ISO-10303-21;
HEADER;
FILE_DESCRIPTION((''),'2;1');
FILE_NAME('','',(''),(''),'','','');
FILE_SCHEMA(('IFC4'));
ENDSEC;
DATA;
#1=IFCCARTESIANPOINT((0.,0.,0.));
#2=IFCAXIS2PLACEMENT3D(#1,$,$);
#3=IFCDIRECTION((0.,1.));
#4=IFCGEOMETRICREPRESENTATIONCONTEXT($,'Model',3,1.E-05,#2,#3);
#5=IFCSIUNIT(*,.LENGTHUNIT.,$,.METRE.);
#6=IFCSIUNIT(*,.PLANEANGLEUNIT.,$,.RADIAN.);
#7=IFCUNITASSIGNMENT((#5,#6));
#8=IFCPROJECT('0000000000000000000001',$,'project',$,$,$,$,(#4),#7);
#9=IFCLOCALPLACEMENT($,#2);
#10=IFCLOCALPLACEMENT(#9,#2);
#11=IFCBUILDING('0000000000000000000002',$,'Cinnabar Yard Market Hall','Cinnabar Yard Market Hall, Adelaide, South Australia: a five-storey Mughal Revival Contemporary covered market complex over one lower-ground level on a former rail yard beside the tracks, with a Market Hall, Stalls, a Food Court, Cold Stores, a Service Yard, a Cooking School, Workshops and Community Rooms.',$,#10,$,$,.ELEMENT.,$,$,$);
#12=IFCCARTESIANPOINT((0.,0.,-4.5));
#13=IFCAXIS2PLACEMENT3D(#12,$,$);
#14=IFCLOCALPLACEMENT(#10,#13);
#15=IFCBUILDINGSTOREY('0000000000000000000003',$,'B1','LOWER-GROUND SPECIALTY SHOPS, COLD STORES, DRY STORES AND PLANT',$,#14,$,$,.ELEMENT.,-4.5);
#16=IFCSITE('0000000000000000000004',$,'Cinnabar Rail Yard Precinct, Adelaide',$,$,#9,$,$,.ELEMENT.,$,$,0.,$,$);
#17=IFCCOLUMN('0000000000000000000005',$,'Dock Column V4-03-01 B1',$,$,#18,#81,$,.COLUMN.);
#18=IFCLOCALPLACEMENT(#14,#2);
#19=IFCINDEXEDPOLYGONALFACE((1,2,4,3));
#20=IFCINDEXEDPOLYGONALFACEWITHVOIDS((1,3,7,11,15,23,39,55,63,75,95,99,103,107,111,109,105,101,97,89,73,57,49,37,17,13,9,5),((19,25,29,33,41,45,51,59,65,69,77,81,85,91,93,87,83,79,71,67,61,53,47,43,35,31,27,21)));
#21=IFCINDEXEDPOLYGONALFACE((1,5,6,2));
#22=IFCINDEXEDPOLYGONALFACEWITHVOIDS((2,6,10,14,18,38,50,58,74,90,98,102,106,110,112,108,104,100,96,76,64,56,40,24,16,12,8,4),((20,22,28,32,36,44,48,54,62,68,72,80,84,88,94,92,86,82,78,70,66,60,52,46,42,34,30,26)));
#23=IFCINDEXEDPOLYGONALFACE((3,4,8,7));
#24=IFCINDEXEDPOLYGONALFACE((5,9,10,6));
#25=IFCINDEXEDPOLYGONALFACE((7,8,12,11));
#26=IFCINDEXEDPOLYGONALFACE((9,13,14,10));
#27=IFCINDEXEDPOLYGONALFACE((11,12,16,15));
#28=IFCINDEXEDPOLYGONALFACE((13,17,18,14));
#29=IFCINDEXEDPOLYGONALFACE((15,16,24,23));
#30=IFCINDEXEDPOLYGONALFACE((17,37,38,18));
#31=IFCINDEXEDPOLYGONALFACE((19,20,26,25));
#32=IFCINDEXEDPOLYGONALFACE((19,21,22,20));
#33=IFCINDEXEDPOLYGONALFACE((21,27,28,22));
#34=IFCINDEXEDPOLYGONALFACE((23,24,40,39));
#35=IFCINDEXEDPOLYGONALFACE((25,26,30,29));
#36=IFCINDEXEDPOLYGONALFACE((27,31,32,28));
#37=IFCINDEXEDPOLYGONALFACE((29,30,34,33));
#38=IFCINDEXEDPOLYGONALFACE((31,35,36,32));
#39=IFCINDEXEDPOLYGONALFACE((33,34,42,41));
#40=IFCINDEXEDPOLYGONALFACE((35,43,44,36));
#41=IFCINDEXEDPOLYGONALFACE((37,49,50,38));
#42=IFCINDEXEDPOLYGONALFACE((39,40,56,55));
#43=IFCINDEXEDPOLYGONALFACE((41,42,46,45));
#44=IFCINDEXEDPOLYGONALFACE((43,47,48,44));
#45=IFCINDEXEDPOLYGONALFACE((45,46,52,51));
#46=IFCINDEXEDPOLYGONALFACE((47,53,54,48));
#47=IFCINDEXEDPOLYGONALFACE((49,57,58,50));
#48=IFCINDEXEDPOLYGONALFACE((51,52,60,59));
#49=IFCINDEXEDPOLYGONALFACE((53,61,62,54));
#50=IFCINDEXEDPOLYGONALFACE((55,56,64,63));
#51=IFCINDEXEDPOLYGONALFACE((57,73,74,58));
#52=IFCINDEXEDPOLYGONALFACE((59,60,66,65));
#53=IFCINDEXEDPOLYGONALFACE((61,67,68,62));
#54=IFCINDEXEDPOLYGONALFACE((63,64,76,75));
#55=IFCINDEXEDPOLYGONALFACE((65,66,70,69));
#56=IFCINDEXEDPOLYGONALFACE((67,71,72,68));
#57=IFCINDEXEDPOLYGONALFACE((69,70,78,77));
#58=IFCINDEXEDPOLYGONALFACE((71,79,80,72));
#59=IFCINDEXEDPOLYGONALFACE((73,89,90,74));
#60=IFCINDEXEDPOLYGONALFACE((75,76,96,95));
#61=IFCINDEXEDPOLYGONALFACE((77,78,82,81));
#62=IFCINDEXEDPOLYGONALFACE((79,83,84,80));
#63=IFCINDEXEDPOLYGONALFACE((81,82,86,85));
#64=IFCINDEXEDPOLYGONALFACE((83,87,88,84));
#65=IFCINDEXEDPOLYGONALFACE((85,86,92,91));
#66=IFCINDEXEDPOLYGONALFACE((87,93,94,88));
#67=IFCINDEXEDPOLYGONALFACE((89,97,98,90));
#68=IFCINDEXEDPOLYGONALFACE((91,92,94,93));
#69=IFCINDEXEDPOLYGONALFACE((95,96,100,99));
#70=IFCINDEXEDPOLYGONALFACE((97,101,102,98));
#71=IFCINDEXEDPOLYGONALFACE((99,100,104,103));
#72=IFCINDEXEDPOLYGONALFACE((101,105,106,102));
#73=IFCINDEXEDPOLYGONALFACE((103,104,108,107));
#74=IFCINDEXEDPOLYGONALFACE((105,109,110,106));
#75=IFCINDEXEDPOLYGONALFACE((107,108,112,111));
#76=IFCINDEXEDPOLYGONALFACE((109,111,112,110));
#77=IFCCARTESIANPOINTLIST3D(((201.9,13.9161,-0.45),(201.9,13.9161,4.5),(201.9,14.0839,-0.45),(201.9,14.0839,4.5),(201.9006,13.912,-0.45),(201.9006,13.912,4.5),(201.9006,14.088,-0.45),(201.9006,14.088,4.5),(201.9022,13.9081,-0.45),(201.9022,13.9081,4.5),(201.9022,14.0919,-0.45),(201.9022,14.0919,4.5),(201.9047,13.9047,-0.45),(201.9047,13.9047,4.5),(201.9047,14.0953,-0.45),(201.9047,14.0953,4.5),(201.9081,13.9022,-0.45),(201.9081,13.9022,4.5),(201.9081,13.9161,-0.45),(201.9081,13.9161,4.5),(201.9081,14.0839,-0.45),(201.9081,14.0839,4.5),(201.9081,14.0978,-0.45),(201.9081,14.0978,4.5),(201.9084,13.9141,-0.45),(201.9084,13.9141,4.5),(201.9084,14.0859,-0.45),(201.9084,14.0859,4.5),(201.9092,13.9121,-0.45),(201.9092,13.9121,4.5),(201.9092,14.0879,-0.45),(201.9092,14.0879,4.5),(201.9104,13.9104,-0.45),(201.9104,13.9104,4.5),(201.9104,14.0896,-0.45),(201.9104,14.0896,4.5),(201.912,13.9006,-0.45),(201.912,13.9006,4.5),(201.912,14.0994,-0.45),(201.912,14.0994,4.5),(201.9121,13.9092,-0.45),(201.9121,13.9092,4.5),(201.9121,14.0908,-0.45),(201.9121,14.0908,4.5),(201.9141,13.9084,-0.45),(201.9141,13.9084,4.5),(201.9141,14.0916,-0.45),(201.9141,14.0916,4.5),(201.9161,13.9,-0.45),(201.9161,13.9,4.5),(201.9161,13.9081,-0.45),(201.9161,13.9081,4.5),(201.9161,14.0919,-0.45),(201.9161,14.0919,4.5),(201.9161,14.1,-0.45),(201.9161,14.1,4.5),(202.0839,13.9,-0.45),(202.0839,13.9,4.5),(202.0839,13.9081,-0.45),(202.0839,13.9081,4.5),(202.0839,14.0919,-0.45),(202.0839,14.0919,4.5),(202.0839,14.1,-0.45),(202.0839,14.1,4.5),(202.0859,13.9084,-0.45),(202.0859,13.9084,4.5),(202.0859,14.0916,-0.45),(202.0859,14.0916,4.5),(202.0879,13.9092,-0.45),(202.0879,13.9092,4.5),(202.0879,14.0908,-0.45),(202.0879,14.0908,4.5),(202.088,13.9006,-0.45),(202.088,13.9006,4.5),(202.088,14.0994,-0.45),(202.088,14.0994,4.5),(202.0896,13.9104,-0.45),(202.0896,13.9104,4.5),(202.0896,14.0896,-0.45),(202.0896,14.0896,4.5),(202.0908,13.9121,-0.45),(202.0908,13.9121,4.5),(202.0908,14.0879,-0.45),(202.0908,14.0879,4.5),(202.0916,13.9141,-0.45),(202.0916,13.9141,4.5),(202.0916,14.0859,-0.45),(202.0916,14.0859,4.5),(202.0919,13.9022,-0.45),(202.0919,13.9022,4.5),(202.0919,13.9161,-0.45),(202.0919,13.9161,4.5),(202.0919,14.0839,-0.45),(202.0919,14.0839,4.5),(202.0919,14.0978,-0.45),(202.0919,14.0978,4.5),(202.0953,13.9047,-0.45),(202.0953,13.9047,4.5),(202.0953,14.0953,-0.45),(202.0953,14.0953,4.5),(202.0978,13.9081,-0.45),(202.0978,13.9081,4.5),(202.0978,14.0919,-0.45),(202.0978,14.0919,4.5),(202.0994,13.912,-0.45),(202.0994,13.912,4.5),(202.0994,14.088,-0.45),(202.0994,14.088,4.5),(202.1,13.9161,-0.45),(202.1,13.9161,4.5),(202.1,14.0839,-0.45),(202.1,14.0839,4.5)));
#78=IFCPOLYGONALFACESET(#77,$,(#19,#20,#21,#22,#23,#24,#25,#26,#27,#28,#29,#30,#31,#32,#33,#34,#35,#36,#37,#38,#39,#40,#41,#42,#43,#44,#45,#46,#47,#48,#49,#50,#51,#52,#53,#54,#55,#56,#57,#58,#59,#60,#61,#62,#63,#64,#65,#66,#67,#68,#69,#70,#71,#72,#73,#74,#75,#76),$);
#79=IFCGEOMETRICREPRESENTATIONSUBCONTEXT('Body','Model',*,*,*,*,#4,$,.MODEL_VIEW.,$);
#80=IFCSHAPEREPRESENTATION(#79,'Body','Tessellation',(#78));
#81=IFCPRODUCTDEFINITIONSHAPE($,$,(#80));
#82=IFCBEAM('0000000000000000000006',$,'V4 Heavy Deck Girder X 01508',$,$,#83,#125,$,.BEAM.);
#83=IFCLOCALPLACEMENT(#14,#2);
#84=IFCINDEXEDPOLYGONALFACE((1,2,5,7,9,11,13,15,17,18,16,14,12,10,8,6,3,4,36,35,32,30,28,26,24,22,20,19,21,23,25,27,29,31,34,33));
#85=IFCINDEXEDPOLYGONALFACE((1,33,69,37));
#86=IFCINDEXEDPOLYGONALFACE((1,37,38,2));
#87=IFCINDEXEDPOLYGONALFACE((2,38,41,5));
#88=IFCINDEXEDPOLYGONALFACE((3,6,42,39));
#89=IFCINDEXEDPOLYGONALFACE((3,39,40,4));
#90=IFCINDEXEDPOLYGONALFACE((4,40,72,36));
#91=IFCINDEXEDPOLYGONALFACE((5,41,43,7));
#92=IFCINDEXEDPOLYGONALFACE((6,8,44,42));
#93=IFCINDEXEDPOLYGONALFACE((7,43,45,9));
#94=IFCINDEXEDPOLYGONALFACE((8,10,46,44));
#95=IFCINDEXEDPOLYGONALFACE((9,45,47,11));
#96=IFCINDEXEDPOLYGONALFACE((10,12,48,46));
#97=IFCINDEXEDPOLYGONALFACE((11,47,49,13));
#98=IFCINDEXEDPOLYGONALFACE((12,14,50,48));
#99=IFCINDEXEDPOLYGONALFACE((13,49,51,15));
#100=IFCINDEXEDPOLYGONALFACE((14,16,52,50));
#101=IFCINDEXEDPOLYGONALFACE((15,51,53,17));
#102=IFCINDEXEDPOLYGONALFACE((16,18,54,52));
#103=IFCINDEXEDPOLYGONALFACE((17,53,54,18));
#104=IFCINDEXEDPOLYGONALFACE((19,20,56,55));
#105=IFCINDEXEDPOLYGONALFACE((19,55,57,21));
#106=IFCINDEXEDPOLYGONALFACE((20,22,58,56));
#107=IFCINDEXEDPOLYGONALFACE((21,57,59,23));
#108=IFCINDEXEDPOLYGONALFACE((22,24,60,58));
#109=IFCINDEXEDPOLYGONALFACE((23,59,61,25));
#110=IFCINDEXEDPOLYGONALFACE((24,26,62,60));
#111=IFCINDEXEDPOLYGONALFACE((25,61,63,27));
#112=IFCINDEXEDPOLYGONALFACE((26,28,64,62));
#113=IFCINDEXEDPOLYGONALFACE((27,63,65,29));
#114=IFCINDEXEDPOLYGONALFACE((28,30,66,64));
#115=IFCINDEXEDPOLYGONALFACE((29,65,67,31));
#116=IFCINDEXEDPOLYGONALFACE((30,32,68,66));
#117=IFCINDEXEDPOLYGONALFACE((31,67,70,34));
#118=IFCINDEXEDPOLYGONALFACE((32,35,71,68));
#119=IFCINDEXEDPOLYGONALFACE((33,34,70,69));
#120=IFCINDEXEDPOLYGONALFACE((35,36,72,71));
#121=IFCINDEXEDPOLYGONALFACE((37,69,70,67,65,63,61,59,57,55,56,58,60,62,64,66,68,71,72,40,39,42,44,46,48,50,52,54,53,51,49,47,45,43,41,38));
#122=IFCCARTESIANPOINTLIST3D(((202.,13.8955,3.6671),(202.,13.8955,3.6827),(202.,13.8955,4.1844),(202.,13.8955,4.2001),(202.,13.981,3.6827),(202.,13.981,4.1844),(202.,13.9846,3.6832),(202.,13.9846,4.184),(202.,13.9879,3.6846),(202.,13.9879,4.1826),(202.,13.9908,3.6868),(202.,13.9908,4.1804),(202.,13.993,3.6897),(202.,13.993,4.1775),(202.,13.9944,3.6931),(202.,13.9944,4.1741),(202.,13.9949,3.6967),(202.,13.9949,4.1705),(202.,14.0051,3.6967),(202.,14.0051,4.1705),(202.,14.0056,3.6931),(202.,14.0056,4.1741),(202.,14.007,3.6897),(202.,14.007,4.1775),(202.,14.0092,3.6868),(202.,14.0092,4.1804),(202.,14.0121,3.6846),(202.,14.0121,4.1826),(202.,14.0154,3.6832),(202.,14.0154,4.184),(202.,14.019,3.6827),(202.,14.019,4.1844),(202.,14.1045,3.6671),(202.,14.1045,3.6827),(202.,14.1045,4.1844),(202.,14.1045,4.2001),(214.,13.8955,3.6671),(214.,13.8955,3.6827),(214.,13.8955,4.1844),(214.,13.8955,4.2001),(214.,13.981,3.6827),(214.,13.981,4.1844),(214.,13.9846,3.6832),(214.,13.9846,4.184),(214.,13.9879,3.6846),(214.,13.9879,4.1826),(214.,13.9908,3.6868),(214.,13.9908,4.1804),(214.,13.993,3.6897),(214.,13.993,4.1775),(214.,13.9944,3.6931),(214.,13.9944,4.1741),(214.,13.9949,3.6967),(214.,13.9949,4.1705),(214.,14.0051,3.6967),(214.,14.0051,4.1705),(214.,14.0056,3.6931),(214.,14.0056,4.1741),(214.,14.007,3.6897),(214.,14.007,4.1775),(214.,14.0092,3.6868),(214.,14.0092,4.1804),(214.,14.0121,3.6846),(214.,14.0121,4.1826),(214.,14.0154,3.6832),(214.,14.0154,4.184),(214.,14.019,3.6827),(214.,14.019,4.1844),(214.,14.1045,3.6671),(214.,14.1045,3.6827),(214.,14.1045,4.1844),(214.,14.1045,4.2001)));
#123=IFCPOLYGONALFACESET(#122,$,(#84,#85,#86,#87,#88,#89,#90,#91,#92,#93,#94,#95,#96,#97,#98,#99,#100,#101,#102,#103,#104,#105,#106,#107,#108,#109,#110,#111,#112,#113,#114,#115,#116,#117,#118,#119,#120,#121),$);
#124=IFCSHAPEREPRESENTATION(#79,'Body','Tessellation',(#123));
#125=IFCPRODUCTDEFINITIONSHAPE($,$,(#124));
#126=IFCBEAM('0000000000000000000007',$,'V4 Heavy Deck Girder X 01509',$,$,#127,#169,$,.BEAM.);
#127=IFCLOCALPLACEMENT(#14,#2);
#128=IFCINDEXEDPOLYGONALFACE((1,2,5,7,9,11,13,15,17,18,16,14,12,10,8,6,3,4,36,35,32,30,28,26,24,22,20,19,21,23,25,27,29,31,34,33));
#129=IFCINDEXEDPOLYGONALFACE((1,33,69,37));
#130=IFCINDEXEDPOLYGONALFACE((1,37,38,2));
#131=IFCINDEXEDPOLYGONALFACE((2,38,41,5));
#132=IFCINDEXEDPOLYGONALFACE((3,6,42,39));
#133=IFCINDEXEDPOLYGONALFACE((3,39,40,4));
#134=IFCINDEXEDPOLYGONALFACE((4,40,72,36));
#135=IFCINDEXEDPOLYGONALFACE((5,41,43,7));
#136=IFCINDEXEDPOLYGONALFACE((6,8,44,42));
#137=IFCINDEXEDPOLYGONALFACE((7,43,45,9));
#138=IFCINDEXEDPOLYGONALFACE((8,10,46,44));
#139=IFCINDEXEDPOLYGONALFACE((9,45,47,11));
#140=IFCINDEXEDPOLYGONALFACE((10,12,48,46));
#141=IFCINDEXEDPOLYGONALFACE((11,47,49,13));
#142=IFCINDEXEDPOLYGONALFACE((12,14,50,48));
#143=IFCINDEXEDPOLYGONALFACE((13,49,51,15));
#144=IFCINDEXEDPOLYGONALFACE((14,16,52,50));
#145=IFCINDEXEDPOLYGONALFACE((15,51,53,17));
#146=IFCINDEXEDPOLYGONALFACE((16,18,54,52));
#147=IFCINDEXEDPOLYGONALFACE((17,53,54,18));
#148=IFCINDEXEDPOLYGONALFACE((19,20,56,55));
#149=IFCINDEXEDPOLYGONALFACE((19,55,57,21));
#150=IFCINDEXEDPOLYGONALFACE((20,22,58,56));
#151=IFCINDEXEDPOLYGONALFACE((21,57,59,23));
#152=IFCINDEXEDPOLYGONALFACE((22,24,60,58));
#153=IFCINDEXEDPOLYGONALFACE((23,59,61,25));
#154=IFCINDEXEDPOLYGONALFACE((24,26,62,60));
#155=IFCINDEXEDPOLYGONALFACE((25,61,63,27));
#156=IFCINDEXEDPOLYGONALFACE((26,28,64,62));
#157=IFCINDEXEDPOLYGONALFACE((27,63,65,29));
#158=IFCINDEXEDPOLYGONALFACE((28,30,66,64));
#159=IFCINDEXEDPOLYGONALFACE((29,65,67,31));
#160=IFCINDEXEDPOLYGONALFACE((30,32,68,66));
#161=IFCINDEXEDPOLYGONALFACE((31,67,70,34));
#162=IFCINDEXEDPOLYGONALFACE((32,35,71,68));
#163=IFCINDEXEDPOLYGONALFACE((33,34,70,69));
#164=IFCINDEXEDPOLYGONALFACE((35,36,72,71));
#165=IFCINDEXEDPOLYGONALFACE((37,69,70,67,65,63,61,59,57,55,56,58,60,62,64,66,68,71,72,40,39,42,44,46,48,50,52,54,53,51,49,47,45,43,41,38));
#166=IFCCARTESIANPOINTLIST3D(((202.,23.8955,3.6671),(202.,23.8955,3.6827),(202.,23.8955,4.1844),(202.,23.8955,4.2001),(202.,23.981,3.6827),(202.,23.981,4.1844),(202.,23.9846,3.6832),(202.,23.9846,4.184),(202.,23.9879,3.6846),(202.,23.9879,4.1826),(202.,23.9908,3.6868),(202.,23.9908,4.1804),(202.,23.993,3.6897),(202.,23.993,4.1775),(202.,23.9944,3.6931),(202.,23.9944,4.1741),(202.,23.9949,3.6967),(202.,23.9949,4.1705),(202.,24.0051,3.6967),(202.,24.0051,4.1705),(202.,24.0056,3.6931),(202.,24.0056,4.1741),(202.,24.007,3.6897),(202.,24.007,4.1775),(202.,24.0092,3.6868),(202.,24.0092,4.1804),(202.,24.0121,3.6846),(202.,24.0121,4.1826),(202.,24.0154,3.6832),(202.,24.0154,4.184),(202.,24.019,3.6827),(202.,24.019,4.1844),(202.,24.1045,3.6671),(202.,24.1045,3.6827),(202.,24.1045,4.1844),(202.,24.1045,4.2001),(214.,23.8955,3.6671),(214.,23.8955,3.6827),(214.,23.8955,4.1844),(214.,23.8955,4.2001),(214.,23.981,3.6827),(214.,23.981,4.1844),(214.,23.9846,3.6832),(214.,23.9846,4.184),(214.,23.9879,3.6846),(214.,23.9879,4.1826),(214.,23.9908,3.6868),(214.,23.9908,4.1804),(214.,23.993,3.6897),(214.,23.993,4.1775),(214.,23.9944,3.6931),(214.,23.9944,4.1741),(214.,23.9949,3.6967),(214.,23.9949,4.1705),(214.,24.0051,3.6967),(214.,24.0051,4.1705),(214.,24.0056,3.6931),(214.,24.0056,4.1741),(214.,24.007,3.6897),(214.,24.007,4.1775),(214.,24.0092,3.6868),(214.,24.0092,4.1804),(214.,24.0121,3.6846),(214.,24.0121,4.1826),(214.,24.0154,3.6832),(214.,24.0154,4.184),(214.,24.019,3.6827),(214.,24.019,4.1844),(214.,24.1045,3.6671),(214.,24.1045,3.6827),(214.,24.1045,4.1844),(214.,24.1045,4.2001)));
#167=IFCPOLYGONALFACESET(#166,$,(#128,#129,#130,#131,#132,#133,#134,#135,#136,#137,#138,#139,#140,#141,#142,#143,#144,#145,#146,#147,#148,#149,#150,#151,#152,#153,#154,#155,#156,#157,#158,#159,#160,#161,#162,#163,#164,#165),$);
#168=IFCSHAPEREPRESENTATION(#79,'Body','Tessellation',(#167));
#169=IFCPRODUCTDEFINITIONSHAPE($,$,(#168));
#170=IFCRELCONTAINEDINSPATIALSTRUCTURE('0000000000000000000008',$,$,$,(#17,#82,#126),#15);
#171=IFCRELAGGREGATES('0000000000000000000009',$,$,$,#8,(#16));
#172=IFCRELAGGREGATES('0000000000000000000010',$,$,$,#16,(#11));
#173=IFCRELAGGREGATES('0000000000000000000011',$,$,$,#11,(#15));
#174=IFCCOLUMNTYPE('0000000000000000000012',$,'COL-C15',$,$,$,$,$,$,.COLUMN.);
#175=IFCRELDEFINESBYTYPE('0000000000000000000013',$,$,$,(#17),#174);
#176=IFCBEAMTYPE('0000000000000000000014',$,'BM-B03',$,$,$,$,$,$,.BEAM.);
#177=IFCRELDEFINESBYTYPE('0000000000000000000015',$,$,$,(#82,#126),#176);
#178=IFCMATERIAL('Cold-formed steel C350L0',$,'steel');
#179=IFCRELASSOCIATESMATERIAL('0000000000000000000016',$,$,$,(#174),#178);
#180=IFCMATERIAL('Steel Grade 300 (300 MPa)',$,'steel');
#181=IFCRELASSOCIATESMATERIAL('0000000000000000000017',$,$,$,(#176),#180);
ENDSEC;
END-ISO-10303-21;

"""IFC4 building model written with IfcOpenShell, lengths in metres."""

from ifc_helpers import new_model, si_unit, direction, frame, origin, origin_2d_with_axis, place, context, subcontext, project, spatial, hollow_rectangle, i_section, extrude, material, material_profile, profile_set, type_object, element, save


model = new_model("IFC4")

# Units and contexts
model_context = context("Model", 3, precision=1e-05, world=origin(), true_north=direction((0.0, 1.0)))
body_context = subcontext(model_context, "Body", "Model", "MODEL_VIEW")
ifc_project = project(units=[si_unit("LENGTHUNIT", "METRE"), si_unit("PLANEANGLEUNIT", "RADIAN")], contexts=[model_context])

# Site, building, storey
site_placement = place(None, origin())
site = spatial("IfcSite", under=ifc_project, at=site_placement, Name="Cinnabar Rail Yard Precinct, Adelaide", CompositionType="ELEMENT", RefElevation=0.0)
building_placement = place(site_placement, origin())
building = spatial("IfcBuilding", under=site, at=building_placement, Name="Cinnabar Yard Market Hall", Description="Cinnabar Yard Market Hall, Adelaide, South Australia: a five-storey Mughal Revival Contemporary covered market complex over one lower-ground level on a former rail yard beside the tracks, with a Market Hall, Stalls, a Food Court, Cold Stores, a Service Yard, a Cooking School, Workshops and Community Rooms.", CompositionType="ELEMENT")
storey_placement = place(building_placement, frame((0.0, 0.0, -4.5)))
storey = spatial("IfcBuildingStorey", under=building, at=storey_placement, Name="B1", Description="LOWER-GROUND SPECIALTY SHOPS, COLD STORES, DRY STORES AND PLANT", CompositionType="ELEMENT", Elevation=-4.5)

# Column
ifc_material_1 = material(Name="Steel Grade 300 (300 MPa)", Category="steel")
ifc_material_2 = material(Name="Cold-formed steel C350L0", Category="steel")
ifc_material_profile_1 = material_profile(ifc_material_2, hollow_rectangle(XDim=0.2, YDim=0.2, WallThickness=0.0081, InnerFilletRadius=0.0081, OuterFilletRadius=0.0161, at=origin_2d_with_axis()), Name="200x200x8.0SHS")
ifc_profile_set_1 = profile_set([ifc_material_profile_1], Name="Cold-formed steel C350L0")
column_type_1 = type_object("IfcColumnType", Name="COL-C15", PredefinedType="COLUMN", material=ifc_profile_set_1)
column_1_placement = place(storey_placement, frame((202.0, 14.0, -0.45), z_axis=(0.0, 0.0, 1.0), x_axis=(1.0, 0.0, 0.0)))
element("IfcColumn", 1, at=column_1_placement, inside=storey, type_object=column_type_1, Name="Dock Column V4-03-01 B1", PredefinedType="COLUMN", context=body_context, shape_type="SweptSolid", body=[
    extrude(hollow_rectangle(XDim=0.2, YDim=0.2, WallThickness=0.0081, InnerFilletRadius=0.0081, OuterFilletRadius=0.0161, at=origin_2d_with_axis()), origin(), (0.0, 0.0, 1.0), 4.95),
])

# Beams
ifc_material_profile_2 = material_profile(ifc_material_1, i_section(OverallWidth=0.209, OverallDepth=0.533, WebThickness=0.0103, FlangeThickness=0.0156, FilletRadius=0.0139, at=origin_2d_with_axis()), Name="530UB92.4")
ifc_profile_set_2 = profile_set([ifc_material_profile_2], Name="Steel Grade 300 (300 MPa)")
beam_type_1 = type_object("IfcBeamType", Name="BM-B03", PredefinedType="BEAM", material=ifc_profile_set_2)
for number, where, z_axis, x_axis, name in (
    (2, (202.0, 14.0, 3.9336), (1.0, 0.0, 0.0), (0.0, 1.0, 0.0), "V4 Heavy Deck Girder X 01508"),
    (3, (202.0, 24.0, 3.9336), (1.0, 0.0, 0.0), (0.0, 1.0, 0.0), "V4 Heavy Deck Girder X 01509"),
):
    element("IfcBeam", number, at=place(storey_placement, frame(where, z_axis=z_axis, x_axis=x_axis)), inside=storey, type_object=beam_type_1, Name=name, PredefinedType="BEAM", context=body_context, shape_type="SweptSolid", body=[
        extrude(i_section(OverallWidth=0.209, OverallDepth=0.533, WebThickness=0.0103, FlangeThickness=0.0156, FilletRadius=0.0139, at=origin_2d_with_axis()), origin(), (0.0, 0.0, 1.0), 12.0),
    ])

save(model, "model.ifc")
